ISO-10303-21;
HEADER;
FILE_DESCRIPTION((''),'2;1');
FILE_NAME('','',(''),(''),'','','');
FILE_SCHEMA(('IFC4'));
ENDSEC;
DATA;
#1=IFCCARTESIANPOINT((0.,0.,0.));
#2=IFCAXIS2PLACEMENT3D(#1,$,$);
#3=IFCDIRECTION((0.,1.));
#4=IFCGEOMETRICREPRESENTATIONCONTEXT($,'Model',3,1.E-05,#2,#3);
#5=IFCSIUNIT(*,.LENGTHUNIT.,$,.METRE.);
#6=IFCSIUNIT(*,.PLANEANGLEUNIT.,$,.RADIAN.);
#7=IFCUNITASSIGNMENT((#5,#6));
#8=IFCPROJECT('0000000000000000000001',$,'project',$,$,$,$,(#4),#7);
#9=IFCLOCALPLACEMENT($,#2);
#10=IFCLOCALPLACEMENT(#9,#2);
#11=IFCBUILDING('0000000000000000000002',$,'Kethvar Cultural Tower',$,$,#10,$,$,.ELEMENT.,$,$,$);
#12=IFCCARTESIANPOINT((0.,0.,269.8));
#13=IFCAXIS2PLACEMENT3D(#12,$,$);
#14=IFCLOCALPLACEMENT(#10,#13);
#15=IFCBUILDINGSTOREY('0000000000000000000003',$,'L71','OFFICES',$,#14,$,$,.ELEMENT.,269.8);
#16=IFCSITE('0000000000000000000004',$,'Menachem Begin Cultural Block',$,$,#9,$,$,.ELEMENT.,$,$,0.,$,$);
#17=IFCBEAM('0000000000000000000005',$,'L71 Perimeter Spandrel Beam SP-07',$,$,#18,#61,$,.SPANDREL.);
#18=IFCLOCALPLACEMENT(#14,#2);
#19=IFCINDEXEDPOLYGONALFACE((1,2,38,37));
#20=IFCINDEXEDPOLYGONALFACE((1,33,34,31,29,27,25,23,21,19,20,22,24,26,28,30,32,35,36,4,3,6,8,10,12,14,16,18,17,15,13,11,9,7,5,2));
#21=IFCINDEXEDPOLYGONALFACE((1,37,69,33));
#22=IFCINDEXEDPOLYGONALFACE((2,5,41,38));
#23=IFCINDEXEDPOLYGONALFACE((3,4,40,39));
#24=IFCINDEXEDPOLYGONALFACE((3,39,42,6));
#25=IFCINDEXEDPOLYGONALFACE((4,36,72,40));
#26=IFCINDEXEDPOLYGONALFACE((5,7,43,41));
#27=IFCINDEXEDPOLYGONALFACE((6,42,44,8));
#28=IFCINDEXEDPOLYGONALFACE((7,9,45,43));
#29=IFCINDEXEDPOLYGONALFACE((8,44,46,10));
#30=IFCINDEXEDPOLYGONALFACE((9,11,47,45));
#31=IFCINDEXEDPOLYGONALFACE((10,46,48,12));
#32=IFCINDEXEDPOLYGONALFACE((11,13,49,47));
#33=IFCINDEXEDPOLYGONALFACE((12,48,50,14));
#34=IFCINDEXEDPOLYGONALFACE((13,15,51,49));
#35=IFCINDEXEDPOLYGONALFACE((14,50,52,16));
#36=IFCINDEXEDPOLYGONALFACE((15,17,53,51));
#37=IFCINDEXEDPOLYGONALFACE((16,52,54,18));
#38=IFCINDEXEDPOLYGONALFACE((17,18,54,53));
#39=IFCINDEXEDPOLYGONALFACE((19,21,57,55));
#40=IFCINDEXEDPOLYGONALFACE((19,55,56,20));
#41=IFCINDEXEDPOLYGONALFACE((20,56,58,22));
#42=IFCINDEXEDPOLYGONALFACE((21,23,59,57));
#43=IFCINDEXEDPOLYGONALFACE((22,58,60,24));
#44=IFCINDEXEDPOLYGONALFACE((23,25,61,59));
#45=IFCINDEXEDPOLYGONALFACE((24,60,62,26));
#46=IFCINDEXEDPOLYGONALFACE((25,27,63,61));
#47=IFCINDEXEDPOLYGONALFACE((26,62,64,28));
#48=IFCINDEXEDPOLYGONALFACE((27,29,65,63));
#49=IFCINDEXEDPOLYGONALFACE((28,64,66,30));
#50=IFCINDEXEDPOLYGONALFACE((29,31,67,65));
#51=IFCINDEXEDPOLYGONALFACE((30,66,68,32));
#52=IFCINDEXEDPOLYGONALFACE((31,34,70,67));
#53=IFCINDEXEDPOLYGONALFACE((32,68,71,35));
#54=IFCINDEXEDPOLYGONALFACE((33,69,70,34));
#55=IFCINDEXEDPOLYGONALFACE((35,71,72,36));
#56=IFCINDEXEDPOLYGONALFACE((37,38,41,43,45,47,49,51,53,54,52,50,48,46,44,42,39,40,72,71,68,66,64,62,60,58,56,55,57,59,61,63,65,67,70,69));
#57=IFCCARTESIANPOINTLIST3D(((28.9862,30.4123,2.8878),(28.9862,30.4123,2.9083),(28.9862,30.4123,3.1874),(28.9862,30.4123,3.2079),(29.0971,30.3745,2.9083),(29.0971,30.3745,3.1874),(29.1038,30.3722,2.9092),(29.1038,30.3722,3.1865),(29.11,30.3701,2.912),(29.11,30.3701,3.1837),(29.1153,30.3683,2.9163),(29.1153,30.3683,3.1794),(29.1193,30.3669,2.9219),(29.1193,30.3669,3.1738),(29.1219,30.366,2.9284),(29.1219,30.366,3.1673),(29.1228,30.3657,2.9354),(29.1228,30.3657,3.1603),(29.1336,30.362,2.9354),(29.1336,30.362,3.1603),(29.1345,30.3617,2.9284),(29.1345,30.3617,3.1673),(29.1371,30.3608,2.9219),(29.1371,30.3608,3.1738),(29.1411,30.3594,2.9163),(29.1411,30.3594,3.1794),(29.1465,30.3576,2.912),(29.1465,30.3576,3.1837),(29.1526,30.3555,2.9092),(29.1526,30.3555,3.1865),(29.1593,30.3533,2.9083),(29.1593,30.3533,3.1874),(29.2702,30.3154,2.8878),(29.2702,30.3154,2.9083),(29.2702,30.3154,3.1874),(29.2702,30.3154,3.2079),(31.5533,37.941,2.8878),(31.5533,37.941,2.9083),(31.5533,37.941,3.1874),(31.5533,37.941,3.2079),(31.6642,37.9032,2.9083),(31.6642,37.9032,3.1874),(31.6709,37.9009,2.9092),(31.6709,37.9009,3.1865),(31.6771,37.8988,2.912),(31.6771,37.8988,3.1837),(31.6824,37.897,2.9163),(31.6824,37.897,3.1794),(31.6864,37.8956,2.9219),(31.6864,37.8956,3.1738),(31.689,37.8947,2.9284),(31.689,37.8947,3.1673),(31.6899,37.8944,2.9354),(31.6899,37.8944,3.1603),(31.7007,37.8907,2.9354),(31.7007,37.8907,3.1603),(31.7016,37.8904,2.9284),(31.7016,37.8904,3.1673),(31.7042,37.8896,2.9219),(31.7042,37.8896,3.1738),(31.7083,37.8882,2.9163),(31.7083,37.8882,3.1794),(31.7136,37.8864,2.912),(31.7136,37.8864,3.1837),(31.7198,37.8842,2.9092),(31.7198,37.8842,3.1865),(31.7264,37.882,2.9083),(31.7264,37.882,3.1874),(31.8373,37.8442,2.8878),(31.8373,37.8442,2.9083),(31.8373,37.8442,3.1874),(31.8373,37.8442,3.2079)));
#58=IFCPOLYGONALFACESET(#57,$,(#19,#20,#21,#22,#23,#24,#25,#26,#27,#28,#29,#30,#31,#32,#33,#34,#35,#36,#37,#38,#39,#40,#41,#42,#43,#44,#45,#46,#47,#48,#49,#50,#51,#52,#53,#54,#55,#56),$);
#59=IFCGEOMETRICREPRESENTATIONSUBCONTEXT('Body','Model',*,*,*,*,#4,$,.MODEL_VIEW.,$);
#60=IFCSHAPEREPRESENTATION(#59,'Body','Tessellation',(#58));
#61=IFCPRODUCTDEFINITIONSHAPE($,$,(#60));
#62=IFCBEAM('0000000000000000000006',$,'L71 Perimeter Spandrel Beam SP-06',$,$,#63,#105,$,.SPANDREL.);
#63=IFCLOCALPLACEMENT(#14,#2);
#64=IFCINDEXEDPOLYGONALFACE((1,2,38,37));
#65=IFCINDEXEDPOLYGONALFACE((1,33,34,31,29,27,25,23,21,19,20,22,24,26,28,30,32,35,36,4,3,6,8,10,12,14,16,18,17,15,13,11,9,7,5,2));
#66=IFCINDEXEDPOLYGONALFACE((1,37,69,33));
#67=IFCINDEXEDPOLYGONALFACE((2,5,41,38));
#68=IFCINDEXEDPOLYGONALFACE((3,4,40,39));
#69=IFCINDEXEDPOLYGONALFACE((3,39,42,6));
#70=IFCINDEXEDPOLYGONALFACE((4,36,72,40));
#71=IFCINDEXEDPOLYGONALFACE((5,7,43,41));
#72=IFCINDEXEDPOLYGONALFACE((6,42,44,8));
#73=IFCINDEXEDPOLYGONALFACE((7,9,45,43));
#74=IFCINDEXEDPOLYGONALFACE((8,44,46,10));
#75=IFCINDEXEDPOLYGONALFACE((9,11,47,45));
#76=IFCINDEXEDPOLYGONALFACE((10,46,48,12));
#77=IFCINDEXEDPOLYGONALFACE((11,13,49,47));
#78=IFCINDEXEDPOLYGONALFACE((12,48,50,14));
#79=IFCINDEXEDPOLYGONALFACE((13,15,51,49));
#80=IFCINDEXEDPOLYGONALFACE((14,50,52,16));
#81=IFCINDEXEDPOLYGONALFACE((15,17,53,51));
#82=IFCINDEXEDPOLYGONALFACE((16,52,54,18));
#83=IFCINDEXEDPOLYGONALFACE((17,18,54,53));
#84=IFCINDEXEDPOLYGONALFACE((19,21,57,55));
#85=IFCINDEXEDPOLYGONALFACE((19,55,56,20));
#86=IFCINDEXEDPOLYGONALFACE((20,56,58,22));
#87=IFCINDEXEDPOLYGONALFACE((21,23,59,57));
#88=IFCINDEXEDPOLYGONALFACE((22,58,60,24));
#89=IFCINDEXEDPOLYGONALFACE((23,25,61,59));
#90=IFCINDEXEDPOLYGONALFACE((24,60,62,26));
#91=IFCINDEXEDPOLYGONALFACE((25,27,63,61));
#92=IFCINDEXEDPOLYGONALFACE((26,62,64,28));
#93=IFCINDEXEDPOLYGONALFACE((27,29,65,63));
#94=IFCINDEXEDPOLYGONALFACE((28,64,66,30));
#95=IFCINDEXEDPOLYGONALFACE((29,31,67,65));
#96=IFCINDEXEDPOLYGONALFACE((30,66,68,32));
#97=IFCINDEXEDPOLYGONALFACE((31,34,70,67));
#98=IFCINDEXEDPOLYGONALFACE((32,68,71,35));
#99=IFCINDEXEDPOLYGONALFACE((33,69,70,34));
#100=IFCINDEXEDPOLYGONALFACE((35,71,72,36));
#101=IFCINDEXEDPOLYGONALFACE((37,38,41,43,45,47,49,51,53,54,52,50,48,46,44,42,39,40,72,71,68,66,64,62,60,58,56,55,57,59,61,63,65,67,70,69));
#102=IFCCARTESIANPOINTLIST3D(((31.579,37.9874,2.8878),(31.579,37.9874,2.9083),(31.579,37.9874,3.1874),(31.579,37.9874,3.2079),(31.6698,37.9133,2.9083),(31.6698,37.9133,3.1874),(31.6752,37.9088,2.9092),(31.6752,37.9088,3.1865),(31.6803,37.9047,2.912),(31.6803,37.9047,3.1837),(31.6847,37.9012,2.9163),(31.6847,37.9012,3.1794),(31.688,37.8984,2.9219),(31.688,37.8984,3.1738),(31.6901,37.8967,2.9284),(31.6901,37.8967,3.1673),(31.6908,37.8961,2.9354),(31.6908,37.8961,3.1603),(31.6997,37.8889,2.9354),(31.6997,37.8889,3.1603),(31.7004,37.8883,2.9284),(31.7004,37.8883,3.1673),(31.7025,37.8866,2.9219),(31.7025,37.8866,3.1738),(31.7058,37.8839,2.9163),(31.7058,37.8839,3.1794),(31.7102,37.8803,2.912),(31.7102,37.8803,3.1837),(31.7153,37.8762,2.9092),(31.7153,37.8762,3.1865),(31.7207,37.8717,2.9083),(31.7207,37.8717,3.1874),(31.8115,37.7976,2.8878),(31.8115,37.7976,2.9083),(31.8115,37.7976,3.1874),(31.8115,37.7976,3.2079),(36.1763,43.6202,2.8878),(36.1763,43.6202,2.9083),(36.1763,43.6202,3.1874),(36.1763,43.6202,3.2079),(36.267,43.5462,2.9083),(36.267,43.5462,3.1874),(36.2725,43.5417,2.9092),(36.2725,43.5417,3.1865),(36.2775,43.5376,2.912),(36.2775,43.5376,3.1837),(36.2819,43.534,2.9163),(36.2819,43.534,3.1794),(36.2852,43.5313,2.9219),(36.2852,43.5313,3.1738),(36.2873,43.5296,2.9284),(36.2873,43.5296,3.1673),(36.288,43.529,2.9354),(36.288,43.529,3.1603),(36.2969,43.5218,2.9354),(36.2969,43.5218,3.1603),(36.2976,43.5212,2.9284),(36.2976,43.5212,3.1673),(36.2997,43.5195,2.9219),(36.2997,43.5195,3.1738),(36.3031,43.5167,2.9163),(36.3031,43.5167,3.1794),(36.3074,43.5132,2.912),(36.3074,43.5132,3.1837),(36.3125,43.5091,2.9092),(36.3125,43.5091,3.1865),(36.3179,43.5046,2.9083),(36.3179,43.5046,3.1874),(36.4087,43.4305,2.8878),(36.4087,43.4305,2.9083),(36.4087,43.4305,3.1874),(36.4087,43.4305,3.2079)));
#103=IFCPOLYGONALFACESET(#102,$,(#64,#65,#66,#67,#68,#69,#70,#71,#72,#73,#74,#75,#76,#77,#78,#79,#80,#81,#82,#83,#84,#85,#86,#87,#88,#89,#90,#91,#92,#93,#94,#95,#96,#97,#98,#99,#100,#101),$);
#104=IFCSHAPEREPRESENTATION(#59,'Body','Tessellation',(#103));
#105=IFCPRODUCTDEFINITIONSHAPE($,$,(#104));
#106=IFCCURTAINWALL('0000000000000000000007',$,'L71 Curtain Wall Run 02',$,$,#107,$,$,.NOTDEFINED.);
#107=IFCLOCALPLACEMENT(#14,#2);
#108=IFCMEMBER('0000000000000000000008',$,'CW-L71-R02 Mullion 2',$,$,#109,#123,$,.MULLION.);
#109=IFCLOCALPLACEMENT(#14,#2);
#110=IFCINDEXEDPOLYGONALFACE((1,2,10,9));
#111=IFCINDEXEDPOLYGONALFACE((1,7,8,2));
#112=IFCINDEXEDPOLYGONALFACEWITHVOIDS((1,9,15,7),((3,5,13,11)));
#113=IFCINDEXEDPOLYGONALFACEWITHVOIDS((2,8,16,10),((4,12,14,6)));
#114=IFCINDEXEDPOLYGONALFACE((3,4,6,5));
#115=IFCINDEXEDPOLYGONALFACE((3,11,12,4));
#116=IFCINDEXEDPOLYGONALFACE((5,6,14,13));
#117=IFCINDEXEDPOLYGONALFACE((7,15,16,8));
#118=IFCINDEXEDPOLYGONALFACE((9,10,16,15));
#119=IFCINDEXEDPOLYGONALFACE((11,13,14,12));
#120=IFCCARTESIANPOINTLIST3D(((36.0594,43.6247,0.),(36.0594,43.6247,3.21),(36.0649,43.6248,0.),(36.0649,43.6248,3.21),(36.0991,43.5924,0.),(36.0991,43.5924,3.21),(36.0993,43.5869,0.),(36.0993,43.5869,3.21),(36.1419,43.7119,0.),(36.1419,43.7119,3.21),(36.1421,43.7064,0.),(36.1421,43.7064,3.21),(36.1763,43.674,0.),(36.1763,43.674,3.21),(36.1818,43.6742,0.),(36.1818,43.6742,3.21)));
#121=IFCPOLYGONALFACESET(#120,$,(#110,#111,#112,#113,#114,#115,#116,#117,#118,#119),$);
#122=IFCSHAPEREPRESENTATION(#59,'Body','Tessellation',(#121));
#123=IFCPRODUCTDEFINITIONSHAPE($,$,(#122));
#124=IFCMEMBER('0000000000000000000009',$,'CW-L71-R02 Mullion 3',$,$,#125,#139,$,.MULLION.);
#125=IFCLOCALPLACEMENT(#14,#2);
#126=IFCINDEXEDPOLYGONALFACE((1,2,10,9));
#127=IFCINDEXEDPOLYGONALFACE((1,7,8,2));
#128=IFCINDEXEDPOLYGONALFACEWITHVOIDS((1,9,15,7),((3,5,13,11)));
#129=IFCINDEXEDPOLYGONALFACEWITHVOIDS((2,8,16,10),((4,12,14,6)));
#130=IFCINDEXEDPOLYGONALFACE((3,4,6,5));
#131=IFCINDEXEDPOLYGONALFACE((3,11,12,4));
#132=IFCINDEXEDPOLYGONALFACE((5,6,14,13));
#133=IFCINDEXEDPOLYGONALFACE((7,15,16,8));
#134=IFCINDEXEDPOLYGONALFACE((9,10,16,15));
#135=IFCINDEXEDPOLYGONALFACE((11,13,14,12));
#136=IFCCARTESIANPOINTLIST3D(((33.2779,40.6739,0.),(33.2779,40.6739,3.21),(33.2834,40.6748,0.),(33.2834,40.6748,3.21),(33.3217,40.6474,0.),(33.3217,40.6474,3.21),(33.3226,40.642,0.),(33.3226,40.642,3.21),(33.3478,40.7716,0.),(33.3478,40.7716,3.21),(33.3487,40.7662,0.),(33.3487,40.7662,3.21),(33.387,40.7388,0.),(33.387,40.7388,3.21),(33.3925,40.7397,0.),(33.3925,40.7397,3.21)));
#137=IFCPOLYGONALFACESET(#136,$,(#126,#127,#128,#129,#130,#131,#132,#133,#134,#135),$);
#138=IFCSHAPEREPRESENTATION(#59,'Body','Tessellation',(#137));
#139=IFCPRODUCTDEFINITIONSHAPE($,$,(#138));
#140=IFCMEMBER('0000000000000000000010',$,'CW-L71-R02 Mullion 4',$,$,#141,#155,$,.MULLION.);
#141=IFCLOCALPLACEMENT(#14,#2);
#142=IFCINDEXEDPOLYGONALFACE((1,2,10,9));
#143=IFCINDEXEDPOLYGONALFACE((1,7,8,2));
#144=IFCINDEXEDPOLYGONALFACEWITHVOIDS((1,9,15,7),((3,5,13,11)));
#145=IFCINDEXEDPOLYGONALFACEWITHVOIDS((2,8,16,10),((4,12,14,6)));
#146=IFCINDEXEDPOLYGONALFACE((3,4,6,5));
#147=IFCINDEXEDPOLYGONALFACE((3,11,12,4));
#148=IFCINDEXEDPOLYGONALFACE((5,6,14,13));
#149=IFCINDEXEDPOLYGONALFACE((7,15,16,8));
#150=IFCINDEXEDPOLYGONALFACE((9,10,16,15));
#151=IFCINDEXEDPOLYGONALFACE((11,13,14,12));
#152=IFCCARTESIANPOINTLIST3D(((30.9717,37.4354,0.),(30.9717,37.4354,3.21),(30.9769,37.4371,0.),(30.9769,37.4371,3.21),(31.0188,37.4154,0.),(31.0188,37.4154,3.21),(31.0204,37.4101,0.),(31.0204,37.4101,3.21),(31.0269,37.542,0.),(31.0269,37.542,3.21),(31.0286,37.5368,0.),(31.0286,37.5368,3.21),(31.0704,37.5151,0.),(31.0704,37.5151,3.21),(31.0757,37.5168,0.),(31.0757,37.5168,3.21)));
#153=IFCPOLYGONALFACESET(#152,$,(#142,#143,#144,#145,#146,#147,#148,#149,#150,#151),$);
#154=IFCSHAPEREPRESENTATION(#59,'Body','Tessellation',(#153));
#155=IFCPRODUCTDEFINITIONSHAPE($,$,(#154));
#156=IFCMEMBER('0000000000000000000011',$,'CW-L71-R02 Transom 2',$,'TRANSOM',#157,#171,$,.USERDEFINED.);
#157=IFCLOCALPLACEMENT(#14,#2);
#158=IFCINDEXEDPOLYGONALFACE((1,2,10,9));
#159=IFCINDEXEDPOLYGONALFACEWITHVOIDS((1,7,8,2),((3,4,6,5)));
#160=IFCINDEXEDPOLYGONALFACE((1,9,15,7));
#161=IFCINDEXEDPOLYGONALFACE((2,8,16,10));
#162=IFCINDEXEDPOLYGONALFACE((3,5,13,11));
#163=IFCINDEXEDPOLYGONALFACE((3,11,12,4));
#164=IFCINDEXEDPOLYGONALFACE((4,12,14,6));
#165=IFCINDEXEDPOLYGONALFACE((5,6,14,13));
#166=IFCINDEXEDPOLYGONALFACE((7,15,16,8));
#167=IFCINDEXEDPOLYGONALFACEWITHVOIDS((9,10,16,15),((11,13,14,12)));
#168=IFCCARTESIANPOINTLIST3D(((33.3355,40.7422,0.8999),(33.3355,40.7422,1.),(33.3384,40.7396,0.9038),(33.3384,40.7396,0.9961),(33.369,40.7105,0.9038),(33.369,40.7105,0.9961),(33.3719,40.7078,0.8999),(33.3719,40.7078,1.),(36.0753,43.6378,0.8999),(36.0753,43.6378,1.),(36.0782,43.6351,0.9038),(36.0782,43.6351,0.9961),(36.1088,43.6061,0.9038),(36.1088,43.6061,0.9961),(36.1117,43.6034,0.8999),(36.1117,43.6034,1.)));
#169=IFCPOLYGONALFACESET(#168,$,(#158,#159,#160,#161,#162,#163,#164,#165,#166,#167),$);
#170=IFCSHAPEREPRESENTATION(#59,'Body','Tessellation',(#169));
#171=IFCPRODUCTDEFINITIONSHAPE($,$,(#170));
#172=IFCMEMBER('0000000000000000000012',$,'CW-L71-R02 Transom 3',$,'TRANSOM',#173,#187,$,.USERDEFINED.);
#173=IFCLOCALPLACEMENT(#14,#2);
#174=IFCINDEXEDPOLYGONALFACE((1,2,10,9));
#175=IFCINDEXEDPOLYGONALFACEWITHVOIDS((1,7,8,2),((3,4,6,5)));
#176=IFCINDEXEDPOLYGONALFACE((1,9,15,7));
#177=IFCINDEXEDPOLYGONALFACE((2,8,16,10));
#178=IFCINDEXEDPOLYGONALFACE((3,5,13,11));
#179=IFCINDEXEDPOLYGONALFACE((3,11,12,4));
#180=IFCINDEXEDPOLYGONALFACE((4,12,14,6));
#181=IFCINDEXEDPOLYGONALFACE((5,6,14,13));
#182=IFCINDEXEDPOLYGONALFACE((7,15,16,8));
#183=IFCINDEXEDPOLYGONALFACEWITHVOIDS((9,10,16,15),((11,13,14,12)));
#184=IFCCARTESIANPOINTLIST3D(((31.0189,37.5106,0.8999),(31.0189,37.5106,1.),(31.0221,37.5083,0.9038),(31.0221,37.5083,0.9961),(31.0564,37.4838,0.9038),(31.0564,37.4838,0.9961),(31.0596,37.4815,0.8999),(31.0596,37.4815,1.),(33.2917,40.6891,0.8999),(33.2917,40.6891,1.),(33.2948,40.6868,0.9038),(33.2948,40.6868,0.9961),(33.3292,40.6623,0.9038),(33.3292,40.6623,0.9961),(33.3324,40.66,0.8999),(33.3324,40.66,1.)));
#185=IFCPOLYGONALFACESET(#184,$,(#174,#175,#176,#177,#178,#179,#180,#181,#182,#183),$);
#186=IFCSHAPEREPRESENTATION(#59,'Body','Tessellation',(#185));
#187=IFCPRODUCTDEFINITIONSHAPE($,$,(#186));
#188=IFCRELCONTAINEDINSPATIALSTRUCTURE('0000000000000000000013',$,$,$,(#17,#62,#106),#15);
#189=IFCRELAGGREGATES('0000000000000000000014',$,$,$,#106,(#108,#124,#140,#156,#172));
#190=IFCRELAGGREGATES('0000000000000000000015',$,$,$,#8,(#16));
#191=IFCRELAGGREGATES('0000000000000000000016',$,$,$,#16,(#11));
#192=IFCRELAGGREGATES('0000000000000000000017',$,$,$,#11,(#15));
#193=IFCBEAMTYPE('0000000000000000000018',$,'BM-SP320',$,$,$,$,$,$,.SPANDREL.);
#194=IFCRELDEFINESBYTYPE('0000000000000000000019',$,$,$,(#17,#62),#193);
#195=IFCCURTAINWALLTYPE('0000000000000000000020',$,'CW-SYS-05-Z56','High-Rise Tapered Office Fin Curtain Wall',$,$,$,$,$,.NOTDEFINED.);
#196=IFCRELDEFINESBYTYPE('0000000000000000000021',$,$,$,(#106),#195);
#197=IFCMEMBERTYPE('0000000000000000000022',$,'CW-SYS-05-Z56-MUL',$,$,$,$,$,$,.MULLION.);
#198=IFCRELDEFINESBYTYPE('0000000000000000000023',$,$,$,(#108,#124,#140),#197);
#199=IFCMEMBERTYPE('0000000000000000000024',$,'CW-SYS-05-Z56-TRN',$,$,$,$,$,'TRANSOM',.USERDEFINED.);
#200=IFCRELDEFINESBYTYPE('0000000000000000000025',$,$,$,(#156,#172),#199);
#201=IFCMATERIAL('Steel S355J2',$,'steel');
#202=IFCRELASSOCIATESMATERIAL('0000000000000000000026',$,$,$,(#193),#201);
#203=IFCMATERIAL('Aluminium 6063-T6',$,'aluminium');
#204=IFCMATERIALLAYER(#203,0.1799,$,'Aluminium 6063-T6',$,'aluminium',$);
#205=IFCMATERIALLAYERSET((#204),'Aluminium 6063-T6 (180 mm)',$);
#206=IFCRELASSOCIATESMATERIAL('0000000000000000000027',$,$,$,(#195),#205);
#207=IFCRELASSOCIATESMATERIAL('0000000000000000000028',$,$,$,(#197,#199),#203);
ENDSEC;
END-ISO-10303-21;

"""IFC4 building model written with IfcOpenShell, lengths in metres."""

from ifc_helpers import new_model, si_unit, direction, frame, origin, origin_2d, place, context, subcontext, project, spatial, hollow_rectangle, i_section, extrude, source, transform, mapped, material, layer, layer_set, material_profile, profile_set, type_object, element, aggregate, save


model = new_model("IFC4")

# Units and contexts
model_context = context("Model", 3, precision=1e-05, world=origin(), true_north=direction((0.0, 1.0)))
body_context = subcontext(model_context, "Body", "Model", "MODEL_VIEW")
ifc_project = project(units=[si_unit("LENGTHUNIT", "METRE"), si_unit("PLANEANGLEUNIT", "RADIAN")], contexts=[model_context])

# Site, building, storey
site_placement = place(None, origin())
site = spatial("IfcSite", under=ifc_project, at=site_placement, Name="Menachem Begin Cultural Block", CompositionType="ELEMENT", RefElevation=0.0)
building_placement = place(site_placement, origin())
building = spatial("IfcBuilding", under=site, at=building_placement, Name="Kethvar Cultural Tower", CompositionType="ELEMENT")
storey_placement = place(building_placement, frame((0.0, 0.0, 269.8)))
storey = spatial("IfcBuildingStorey", under=building, at=storey_placement, Name="L71", Description="OFFICES", CompositionType="ELEMENT", Elevation=269.8)

# Shared definitions
ifc_material_1 = material(Name="Steel S355J2", Category="steel")

# Beams
ifc_material_profile_1 = material_profile(ifc_material_1, i_section(OverallWidth=0.3, OverallDepth=0.3201, WebThickness=0.0115, FlangeThickness=0.0205, FilletRadius=0.0271, at=origin_2d()), Name="Steel S355J2 — HEB320")
ifc_profile_set_1 = profile_set([ifc_material_profile_1], Name="Steel S355J2 — HEB320")
beam_type_1 = type_object("IfcBeamType", Name="BM-SP320", PredefinedType="SPANDREL", material=ifc_profile_set_1)
shared_shape_1 = source(origin(), body_context, "Body", "SweptSolid", [
    extrude(i_section(OverallWidth=0.3, OverallDepth=0.3201, WebThickness=0.0115, FlangeThickness=0.0205, FilletRadius=0.0271, at=origin_2d()), origin(), (0.0, 0.0, 1.0), 7.9543),
])
beam_1_placement = place(storey_placement, frame((31.6953, 37.8926, 3.0479), z_axis=(-0.32273, -0.946491, 0.0), x_axis=(0.946491, -0.32273, 0.0)))
element("IfcBeam", 1, at=beam_1_placement, inside=storey, type_object=beam_type_1, Name="L71 Perimeter Spandrel Beam SP-07", PredefinedType="SPANDREL", context=body_context, shape_type="MappedRepresentation", body=[
    mapped(shared_shape_1, transform((0.0, 0.0, 0.0), scale=1.0)),
])
shared_shape_2 = source(origin(), body_context, "Body", "SweptSolid", [
    extrude(i_section(OverallWidth=0.3, OverallDepth=0.3201, WebThickness=0.0115, FlangeThickness=0.0205, FilletRadius=0.0271, at=origin_2d()), origin(), (0.0, 0.0, 1.0), 7.2708),
])
beam_2_placement = place(storey_placement, frame((36.2925, 43.5254, 3.0479), z_axis=(-0.63229, -0.774732, 0.0), x_axis=(0.774732, -0.63229, 0.0)))
element("IfcBeam", 2, at=beam_2_placement, inside=storey, type_object=beam_type_1, Name="L71 Perimeter Spandrel Beam SP-06", PredefinedType="SPANDREL", context=body_context, shape_type="MappedRepresentation", body=[
    mapped(shared_shape_2, transform((0.0, 0.0, 0.0), scale=1.0)),
])

# Curtain wall, members
ifc_material_2 = material(Name="Aluminium 6063-T6", Category="aluminium")
ifc_layer_1 = layer(ifc_material_2, 0.1799, Name="Aluminium 6063-T6", Category="aluminium")
ifc_layer_set_1 = layer_set([ifc_layer_1], Name="Aluminium 6063-T6 (180 mm)")
curtain_wall_type = type_object("IfcCurtainWallType", Name="CW-SYS-05-Z56", Description="High-Rise Tapered Office Fin Curtain Wall", PredefinedType="NOTDEFINED", material=ifc_layer_set_1)
curtain_wall_placement = place(storey_placement, origin())
curtain_wall = element("IfcCurtainWall", 3, at=curtain_wall_placement, inside=storey, type_object=curtain_wall_type, Name="L71 Curtain Wall Run 02", PredefinedType="NOTDEFINED")
ifc_material_profile_2 = material_profile(ifc_material_2, hollow_rectangle(XDim=0.0549, YDim=0.1201, WallThickness=0.0039, at=origin_2d()), Name="Aluminium 6063-T6 — RHS120x55x4")
ifc_profile_set_2 = profile_set([ifc_material_profile_2], Name="Aluminium 6063-T6 — RHS120x55x4")
member_type_1 = type_object("IfcMemberType", Name="CW-SYS-05-Z56-MUL", PredefinedType="MULLION", material=ifc_profile_set_2)
shared_shape_3 = source(origin(), body_context, "Body", "SweptSolid", [
    extrude(hollow_rectangle(XDim=0.0549, YDim=0.1201, WallThickness=0.0039, at=origin_2d()), origin(), (0.0, 0.0, 1.0), 3.21),
])
member_1_placement = place(storey_placement, frame((36.1206, 43.6494, 0.0), z_axis=(0.0, 0.0, 1.0), x_axis=(0.726395, -0.687278, 0.0)))
member_1 = element("IfcMember", 4, at=member_1_placement, type_object=member_type_1, Name="CW-L71-R02 Mullion 2", PredefinedType="MULLION", context=body_context, shape_type="MappedRepresentation", body=[
    mapped(shared_shape_3, transform((0.0, 0.0, 0.0), scale=1.0)),
])
member_2_placement = place(storey_placement, frame((33.3352, 40.7068, 0.0), z_axis=(0.0, 0.0, 1.0), x_axis=(0.813446, -0.58164, 0.0)))
member_2 = element("IfcMember", 5, at=member_2_placement, type_object=member_type_1, Name="CW-L71-R02 Mullion 3", PredefinedType="MULLION", context=body_context, shape_type="MappedRepresentation", body=[
    mapped(shared_shape_3, transform((0.0, 0.0, 0.0), scale=1.0)),
])
member_3_placement = place(storey_placement, frame((31.0237, 37.4761, 0.0), z_axis=(0.0, 0.0, 1.0), x_axis=(0.887831, -0.460169, 0.0)))
member_3 = element("IfcMember", 6, at=member_3_placement, type_object=member_type_1, Name="CW-L71-R02 Mullion 4", PredefinedType="MULLION", context=body_context, shape_type="MappedRepresentation", body=[
    mapped(shared_shape_3, transform((0.0, 0.0, 0.0), scale=1.0)),
])
ifc_material_profile_3 = material_profile(ifc_material_2, hollow_rectangle(XDim=0.05, YDim=0.1001, WallThickness=0.0039, at=origin_2d()), Name="Aluminium 6063-T6 — RHS100x50x4")
ifc_profile_set_3 = profile_set([ifc_material_profile_3], Name="Aluminium 6063-T6 — RHS100x50x4")
member_type_2 = type_object("IfcMemberType", Name="CW-SYS-05-Z56-TRN", ElementType="TRANSOM", PredefinedType="USERDEFINED", material=ifc_profile_set_3)
shared_shape_4 = source(origin(), body_context, "Body", "SweptSolid", [
    extrude(hollow_rectangle(XDim=0.05, YDim=0.1001, WallThickness=0.0039, at=origin_2d()), origin(), (0.0, 0.0, 1.0), 3.9863),
])
member_4_placement = place(storey_placement, frame((36.0935, 43.6206, 0.95), z_axis=(-0.687299, -0.726374, 0.0), x_axis=(0.726374, -0.687299, 0.0)))
member_4 = element("IfcMember", 7, at=member_4_placement, type_object=member_type_2, Name="CW-L71-R02 Transom 2", ObjectType="TRANSOM", PredefinedType="USERDEFINED", context=body_context, shape_type="MappedRepresentation", body=[
    mapped(shared_shape_4, transform((0.0, 0.0, 0.0), scale=1.0)),
])
shared_shape_5 = source(origin(), body_context, "Body", "SweptSolid", [
    extrude(hollow_rectangle(XDim=0.05, YDim=0.1001, WallThickness=0.0039, at=origin_2d()), origin(), (0.0, 0.0, 1.0), 3.9075),
])
member_5_placement = place(storey_placement, frame((33.312, 40.6746, 0.95), z_axis=(-0.58164, -0.813446, 0.0), x_axis=(0.813446, -0.58164, 0.0)))
member_5 = element("IfcMember", 8, at=member_5_placement, type_object=member_type_2, Name="CW-L71-R02 Transom 3", ObjectType="TRANSOM", PredefinedType="USERDEFINED", context=body_context, shape_type="MappedRepresentation", body=[
    mapped(shared_shape_5, transform((0.0, 0.0, 0.0), scale=1.0)),
])
aggregate(curtain_wall, [member_1, member_2, member_3, member_4, member_5])

save(model, "model.ifc")
